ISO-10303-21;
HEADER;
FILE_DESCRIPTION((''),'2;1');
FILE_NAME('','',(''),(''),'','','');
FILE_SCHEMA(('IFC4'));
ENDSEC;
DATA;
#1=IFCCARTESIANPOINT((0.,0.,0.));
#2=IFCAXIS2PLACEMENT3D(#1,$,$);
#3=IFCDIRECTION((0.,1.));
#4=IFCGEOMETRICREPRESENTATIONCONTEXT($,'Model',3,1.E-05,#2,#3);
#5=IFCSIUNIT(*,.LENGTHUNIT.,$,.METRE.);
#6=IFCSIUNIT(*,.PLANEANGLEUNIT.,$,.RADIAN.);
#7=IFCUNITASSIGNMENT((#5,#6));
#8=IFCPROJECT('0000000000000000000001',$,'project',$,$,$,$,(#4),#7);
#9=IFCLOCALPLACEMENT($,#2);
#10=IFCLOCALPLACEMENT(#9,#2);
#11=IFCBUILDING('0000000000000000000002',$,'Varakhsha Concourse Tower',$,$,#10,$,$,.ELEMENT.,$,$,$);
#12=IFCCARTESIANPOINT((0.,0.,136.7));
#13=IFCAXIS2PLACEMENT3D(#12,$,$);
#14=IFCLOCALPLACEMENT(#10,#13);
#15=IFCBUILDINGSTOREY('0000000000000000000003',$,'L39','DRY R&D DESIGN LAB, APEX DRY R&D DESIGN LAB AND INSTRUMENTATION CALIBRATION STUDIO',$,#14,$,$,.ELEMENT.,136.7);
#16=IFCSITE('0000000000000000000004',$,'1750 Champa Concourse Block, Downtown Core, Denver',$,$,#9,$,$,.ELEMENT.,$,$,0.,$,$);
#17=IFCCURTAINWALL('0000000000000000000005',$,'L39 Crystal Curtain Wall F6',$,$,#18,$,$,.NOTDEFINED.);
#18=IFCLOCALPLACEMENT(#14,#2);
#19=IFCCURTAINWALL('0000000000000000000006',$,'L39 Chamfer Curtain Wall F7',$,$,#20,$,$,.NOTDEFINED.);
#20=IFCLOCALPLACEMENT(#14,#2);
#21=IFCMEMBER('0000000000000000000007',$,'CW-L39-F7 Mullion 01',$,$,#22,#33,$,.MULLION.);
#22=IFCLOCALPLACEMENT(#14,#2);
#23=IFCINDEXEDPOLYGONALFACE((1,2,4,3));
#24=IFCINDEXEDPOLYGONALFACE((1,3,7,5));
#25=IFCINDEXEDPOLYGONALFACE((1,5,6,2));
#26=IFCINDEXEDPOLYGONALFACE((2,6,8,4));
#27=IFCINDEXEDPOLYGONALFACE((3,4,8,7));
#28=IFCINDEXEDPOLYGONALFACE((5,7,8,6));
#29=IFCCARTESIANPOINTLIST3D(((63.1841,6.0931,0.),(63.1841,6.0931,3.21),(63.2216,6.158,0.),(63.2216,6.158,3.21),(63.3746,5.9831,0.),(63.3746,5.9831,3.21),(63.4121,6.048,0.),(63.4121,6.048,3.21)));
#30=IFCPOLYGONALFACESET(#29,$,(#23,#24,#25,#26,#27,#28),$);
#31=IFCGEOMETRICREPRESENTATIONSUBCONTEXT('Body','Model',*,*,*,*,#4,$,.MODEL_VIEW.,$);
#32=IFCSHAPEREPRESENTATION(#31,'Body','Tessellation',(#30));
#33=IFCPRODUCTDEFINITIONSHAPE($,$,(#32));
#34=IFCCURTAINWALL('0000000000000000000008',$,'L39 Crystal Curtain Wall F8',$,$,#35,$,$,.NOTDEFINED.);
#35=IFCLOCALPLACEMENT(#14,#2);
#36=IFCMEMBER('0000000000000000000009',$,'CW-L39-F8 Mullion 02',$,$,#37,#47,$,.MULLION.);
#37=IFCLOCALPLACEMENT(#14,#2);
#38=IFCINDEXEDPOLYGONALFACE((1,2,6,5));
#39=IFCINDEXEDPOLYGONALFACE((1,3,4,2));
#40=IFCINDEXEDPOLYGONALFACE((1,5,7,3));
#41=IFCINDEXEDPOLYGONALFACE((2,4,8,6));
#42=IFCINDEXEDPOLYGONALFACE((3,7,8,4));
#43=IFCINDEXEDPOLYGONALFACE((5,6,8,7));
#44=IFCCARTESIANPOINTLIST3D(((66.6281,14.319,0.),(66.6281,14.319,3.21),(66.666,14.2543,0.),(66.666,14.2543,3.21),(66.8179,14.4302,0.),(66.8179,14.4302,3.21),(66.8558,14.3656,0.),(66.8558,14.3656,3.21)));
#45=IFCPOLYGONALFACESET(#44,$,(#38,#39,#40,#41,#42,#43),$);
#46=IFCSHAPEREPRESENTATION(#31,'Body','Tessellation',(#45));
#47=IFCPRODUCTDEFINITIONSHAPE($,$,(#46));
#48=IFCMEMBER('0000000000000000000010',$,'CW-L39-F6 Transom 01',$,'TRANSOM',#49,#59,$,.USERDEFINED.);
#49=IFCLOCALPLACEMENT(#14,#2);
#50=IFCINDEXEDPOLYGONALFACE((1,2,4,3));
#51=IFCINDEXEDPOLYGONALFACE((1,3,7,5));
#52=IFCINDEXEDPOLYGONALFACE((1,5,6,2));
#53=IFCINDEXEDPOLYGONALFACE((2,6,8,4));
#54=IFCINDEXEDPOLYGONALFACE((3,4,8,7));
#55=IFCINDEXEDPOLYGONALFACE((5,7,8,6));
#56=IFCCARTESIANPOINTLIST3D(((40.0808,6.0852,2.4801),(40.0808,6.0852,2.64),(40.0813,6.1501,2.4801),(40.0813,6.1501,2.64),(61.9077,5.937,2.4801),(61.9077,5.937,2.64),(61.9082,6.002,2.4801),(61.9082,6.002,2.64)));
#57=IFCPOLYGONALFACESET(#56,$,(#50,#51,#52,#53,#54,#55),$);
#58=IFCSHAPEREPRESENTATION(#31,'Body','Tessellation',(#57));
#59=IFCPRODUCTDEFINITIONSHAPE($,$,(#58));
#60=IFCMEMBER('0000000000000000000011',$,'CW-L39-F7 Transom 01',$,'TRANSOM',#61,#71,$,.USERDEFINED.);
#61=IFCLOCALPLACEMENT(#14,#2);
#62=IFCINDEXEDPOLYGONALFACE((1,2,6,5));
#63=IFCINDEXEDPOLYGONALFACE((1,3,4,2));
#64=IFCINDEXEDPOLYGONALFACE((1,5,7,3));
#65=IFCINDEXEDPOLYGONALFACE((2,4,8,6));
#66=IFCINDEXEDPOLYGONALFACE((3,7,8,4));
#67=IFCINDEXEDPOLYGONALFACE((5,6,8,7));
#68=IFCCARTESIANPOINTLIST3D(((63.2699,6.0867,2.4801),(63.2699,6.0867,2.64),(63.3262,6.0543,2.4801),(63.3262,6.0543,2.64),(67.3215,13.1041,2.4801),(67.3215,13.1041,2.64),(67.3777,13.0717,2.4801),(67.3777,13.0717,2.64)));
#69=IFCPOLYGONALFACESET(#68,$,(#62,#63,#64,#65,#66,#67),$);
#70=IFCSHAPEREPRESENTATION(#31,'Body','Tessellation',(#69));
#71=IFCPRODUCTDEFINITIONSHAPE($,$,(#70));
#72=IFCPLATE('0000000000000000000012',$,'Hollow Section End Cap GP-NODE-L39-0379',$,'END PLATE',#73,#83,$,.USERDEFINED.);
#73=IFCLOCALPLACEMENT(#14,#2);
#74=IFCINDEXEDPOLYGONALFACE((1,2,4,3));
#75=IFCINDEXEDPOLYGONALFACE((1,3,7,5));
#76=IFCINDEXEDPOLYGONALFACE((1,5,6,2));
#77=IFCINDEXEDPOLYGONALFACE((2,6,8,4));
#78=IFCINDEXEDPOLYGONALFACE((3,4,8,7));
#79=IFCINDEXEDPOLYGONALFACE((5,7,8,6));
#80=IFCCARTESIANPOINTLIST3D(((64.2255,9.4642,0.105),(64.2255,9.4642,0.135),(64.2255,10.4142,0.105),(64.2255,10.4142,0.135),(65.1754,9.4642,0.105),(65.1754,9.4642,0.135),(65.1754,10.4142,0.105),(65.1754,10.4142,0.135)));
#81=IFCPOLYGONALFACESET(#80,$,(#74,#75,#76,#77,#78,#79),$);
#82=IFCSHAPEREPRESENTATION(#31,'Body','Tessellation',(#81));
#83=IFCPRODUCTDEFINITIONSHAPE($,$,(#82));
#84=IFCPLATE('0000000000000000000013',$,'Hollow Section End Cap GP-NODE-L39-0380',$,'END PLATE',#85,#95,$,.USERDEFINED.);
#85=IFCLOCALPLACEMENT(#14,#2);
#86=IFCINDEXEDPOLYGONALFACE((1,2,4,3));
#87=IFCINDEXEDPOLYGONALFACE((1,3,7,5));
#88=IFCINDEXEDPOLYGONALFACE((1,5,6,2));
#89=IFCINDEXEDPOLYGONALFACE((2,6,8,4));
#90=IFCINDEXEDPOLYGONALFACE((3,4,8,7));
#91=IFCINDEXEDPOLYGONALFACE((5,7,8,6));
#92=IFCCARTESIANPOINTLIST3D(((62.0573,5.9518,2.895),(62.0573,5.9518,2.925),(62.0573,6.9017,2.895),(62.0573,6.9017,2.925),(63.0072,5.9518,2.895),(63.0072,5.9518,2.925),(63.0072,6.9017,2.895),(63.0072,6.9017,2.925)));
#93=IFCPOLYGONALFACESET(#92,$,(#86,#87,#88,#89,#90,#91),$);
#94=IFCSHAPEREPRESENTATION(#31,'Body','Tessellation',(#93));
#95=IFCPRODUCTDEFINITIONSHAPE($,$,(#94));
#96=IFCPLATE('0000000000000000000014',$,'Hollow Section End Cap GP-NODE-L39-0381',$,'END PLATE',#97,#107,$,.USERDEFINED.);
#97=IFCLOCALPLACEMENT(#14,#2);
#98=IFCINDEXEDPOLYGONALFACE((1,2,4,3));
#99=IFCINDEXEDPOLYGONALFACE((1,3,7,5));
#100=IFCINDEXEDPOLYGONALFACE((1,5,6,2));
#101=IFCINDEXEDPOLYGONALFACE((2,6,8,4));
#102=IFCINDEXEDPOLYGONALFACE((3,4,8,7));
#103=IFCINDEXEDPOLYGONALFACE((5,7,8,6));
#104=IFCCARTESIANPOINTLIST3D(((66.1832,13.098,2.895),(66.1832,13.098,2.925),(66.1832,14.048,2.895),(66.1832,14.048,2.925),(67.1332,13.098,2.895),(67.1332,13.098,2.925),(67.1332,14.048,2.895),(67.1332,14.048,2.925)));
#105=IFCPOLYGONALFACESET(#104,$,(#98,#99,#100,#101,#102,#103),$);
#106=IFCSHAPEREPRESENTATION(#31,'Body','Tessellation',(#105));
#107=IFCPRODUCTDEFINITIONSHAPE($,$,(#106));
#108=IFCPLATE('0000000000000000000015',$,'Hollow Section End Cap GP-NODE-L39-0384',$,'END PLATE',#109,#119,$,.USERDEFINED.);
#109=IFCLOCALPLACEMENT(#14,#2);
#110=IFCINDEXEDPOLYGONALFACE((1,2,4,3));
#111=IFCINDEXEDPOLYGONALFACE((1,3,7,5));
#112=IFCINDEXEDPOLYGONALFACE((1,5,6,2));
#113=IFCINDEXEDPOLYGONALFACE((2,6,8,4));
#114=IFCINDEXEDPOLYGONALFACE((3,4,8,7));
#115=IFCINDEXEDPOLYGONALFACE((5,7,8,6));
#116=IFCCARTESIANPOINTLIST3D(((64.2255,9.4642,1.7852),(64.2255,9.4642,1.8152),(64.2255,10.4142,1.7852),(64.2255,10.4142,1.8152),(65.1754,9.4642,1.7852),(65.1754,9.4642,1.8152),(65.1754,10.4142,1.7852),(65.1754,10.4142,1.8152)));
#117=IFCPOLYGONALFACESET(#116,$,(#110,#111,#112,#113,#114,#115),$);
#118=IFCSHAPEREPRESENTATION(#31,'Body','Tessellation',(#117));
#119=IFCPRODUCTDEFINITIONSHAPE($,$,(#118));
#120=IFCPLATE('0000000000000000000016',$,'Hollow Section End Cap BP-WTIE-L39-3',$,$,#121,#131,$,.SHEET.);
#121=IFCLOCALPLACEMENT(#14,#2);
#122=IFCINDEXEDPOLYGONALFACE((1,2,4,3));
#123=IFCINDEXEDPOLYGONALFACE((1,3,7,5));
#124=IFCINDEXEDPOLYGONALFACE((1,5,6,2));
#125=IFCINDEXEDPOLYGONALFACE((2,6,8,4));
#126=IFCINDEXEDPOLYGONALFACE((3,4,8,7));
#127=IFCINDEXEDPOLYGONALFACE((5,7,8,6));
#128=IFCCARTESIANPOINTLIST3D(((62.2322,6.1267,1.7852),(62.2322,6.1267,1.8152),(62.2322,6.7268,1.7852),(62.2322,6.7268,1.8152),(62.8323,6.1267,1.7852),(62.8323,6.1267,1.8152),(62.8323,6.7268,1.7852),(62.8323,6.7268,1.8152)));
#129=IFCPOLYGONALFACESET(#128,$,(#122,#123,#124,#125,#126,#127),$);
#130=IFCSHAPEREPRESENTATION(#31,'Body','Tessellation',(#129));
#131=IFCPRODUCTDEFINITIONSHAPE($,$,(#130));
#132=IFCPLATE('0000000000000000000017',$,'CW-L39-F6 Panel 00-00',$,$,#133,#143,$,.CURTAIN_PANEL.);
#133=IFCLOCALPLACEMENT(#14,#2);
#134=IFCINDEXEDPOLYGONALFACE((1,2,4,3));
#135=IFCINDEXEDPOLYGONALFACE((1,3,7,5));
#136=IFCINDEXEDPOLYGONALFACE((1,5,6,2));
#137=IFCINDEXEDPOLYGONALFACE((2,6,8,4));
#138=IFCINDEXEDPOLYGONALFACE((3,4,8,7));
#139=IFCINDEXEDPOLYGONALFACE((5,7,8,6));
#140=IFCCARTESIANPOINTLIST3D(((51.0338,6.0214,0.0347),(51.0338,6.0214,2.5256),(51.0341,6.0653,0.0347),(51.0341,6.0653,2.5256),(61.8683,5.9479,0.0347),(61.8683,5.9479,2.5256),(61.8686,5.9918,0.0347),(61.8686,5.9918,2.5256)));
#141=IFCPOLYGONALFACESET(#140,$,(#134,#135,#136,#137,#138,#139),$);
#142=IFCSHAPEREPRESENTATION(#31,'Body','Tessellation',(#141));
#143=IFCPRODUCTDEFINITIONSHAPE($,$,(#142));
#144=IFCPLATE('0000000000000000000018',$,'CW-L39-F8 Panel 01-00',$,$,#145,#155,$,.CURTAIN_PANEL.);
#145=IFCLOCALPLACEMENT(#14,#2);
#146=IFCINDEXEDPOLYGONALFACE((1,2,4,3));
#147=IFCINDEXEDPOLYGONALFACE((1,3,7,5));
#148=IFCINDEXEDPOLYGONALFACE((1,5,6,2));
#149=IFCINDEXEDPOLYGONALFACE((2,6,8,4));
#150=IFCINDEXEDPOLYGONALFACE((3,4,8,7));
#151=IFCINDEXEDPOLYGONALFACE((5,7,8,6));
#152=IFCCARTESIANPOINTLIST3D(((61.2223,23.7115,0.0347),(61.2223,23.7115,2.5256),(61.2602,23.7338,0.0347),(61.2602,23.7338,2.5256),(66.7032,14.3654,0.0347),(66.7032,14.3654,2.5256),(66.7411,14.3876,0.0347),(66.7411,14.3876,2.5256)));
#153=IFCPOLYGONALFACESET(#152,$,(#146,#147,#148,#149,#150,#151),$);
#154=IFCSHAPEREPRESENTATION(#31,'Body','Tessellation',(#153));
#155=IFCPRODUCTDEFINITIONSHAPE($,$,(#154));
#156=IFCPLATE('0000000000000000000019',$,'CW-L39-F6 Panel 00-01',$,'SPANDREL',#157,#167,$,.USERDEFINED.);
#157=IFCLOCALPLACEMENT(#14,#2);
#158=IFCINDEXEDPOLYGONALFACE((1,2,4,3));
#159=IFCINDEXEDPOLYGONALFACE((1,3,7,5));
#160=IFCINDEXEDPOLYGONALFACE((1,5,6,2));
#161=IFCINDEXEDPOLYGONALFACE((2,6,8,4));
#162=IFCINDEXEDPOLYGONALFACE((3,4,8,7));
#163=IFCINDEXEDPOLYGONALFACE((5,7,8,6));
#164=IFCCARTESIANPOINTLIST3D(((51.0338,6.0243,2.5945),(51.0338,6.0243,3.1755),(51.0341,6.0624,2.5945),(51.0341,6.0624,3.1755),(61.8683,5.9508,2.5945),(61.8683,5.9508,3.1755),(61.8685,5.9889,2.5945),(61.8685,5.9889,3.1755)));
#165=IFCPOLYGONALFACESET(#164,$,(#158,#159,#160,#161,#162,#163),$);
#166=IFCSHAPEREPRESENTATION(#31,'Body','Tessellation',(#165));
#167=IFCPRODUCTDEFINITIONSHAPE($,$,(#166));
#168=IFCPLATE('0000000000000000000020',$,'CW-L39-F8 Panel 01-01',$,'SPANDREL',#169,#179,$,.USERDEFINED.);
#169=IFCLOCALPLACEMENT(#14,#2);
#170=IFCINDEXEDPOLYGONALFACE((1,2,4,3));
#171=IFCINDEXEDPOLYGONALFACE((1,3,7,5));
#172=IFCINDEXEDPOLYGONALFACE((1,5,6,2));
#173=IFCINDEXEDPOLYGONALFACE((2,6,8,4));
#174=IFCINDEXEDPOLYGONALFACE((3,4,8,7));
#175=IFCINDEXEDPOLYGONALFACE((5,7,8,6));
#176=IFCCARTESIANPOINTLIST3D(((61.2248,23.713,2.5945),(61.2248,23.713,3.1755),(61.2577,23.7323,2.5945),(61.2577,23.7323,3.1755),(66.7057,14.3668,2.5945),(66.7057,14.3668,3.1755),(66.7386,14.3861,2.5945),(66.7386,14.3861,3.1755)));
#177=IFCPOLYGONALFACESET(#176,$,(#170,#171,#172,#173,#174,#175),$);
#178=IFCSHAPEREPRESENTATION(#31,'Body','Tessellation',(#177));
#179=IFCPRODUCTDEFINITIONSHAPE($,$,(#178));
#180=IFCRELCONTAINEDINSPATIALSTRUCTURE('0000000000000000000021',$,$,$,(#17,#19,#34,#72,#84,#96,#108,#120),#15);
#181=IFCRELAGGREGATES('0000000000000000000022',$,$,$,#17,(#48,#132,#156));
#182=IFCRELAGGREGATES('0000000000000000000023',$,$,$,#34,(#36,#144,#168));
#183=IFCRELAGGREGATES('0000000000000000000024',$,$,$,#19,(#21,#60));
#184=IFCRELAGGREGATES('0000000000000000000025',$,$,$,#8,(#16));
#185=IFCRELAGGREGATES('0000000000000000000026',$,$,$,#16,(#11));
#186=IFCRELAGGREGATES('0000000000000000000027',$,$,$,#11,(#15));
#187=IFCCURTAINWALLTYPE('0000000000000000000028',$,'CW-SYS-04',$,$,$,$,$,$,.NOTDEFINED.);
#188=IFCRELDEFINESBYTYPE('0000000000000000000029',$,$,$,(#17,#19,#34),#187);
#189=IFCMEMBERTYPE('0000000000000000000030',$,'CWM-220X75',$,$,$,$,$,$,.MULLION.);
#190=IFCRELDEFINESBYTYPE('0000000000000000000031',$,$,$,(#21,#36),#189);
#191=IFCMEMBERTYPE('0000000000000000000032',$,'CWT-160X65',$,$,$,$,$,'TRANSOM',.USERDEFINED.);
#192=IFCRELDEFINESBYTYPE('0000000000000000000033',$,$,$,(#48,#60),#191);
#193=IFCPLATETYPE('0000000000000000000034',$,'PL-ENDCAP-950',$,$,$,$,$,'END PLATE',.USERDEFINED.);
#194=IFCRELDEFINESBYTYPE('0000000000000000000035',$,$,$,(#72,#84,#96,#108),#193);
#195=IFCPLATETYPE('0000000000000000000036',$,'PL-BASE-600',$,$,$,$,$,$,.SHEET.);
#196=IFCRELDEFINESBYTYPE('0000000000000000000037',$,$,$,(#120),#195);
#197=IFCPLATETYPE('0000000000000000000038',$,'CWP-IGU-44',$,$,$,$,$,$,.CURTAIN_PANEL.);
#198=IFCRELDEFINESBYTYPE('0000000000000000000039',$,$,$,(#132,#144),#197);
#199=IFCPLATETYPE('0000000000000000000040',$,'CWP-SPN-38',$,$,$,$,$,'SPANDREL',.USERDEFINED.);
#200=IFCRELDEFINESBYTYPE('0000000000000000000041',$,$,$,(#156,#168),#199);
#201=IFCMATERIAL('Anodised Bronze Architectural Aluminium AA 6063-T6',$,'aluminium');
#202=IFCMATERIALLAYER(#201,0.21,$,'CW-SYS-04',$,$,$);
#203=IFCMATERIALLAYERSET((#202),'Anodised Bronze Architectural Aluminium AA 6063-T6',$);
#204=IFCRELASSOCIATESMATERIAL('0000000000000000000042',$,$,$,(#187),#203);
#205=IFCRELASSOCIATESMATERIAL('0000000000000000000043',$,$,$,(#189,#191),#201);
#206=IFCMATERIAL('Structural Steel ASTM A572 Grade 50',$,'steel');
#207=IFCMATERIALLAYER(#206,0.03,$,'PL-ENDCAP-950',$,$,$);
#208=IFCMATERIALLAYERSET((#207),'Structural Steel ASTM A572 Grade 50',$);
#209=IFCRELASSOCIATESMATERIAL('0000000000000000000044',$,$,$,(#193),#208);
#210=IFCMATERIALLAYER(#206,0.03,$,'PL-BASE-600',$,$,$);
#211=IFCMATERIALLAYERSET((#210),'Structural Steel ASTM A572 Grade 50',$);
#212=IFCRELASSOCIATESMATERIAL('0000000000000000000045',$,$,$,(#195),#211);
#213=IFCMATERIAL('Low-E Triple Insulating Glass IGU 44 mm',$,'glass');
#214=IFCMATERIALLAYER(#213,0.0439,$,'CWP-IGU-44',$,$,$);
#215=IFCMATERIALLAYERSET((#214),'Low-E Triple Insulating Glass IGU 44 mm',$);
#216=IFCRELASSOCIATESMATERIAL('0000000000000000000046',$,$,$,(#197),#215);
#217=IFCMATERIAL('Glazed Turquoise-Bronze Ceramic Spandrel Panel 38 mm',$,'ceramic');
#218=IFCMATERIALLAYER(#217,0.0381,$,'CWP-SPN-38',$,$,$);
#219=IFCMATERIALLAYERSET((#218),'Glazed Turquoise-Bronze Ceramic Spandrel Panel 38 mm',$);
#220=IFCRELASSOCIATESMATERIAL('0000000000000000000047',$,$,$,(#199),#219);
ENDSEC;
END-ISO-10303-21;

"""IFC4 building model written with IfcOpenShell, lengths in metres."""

from ifc_helpers import new_model, si_unit, direction, frame, origin, origin_2d, place, context, subcontext, project, spatial, rectangle, extrude, source, transform, mapped, material, layer, layer_set, material_profile, profile_set, type_object, type_shapes, element, aggregate, save


model = new_model("IFC4")

# Units and contexts
model_context = context("Model", 3, precision=1e-05, world=origin(), true_north=direction((0.0, 1.0)))
body_context = subcontext(model_context, "Body", "Model", "MODEL_VIEW")
ifc_project = project(units=[si_unit("LENGTHUNIT", "METRE"), si_unit("PLANEANGLEUNIT", "RADIAN")], contexts=[model_context])

# Site, building, storey
site_placement = place(None, origin())
site = spatial("IfcSite", under=ifc_project, at=site_placement, Name="1750 Champa Concourse Block, Downtown Core, Denver", CompositionType="ELEMENT", RefElevation=0.0)
building_placement = place(site_placement, origin())
building = spatial("IfcBuilding", under=site, at=building_placement, Name="Varakhsha Concourse Tower", CompositionType="ELEMENT")
storey_placement = place(building_placement, frame((0.0, 0.0, 136.7)))
storey = spatial("IfcBuildingStorey", under=building, at=storey_placement, Name="L39", Description="DRY R&D DESIGN LAB, APEX DRY R&D DESIGN LAB AND INSTRUMENTATION CALIBRATION STUDIO", CompositionType="ELEMENT", Elevation=136.7)

# Shared definitions
ifc_material_1 = material(Name="Structural Steel ASTM A572 Grade 50", Category="steel")

# Curtain wall
ifc_material_2 = material(Name="Anodised Bronze Architectural Aluminium AA 6063-T6", Category="aluminium")
ifc_layer_1 = layer(ifc_material_2, 0.21, Name="CW-SYS-04")
ifc_layer_set_1 = layer_set([ifc_layer_1], Name="Anodised Bronze Architectural Aluminium AA 6063-T6")
curtain_wall_type = type_object("IfcCurtainWallType", Name="CW-SYS-04", PredefinedType="NOTDEFINED", material=ifc_layer_set_1)
curtain_wall_1_placement = place(storey_placement, origin())
curtain_wall_1 = element("IfcCurtainWall", 1, at=curtain_wall_1_placement, inside=storey, type_object=curtain_wall_type, Name="L39 Crystal Curtain Wall F6", PredefinedType="NOTDEFINED")
ifc_material_profile_1 = material_profile(ifc_material_2, rectangle(XDim=0.075, YDim=0.22, at=origin_2d()), Name="CWM-220X75")
ifc_profile_set_1 = profile_set([ifc_material_profile_1], Name="Anodised Bronze Architectural Aluminium AA 6063-T6")
member_type_1 = type_object("IfcMemberType", Name="CWM-220X75", PredefinedType="MULLION", material=ifc_profile_set_1)
shared_shape_1 = source(origin(), body_context, "Body", "SweptSolid", [
    extrude(rectangle(XDim=0.075, YDim=0.22, at=origin_2d()), origin(), (0.0, 0.0, 1.0), 3.21),
])
type_shapes(member_type_1, [shared_shape_1])

# Curtain wall, member
curtain_wall_2_placement = place(storey_placement, origin())
curtain_wall_2 = element("IfcCurtainWall", 2, at=curtain_wall_2_placement, inside=storey, type_object=curtain_wall_type, Name="L39 Chamfer Curtain Wall F7", PredefinedType="NOTDEFINED")
member_1_placement = place(storey_placement, frame((63.2981, 6.0706, 0.0), z_axis=(0.0, 0.0, 1.0), x_axis=(-0.5, -0.866025, 0.0)))
member_1 = element("IfcMember", 3, at=member_1_placement, type_object=member_type_1, Name="CW-L39-F7 Mullion 01", PredefinedType="MULLION", context=body_context, shape_type="MappedRepresentation", body=[
    mapped(shared_shape_1, transform((0.0, 0.0, 0.0), scale=1.0)),
])

# Curtain wall, member
curtain_wall_3_placement = place(storey_placement, origin())
curtain_wall_3 = element("IfcCurtainWall", 4, at=curtain_wall_3_placement, inside=storey, type_object=curtain_wall_type, Name="L39 Crystal Curtain Wall F8", PredefinedType="NOTDEFINED")
member_2_placement = place(storey_placement, frame((66.7419, 14.3423, 0.0), z_axis=(0.0, 0.0, 1.0), x_axis=(0.505862, -0.862614, 0.0)))
member_2 = element("IfcMember", 5, at=member_2_placement, type_object=member_type_1, Name="CW-L39-F8 Mullion 02", PredefinedType="MULLION", context=body_context, shape_type="MappedRepresentation", body=[
    mapped(shared_shape_1, transform((0.0, 0.0, 0.0), scale=1.0)),
])

# Members
ifc_material_profile_2 = material_profile(ifc_material_2, rectangle(XDim=0.0649, YDim=0.1599, at=origin_2d()), Name="CWT-160X65")
ifc_profile_set_2 = profile_set([ifc_material_profile_2], Name="Anodised Bronze Architectural Aluminium AA 6063-T6")
member_type_2 = type_object("IfcMemberType", Name="CWT-160X65", ElementType="TRANSOM", PredefinedType="USERDEFINED", material=ifc_profile_set_2)
shared_shape_2 = source(origin(), body_context, "Body", "SweptSolid", [
    extrude(rectangle(XDim=0.0649, YDim=0.1599, at=origin_2d()), origin(), (0.0, 0.0, 1.0), 21.8274),
])
member_3_placement = place(storey_placement, frame((61.908, 5.9695, 2.5601), z_axis=(-0.999977, 0.006789, 0.0), x_axis=(-0.006789, -0.999977, 0.0)))
member_3 = element("IfcMember", 6, at=member_3_placement, type_object=member_type_2, Name="CW-L39-F6 Transom 01", ObjectType="TRANSOM", PredefinedType="USERDEFINED", context=body_context, shape_type="MappedRepresentation", body=[
    mapped(shared_shape_2, transform((0.0, 0.0, 0.0), scale=1.0)),
])
shared_shape_3 = source(origin(), body_context, "Body", "SweptSolid", [
    extrude(rectangle(XDim=0.0649, YDim=0.1599, at=origin_2d()), origin(), (0.0, 0.0, 1.0), 8.103),
])
type_shapes(member_type_2, [shared_shape_2, shared_shape_3])
member_4_placement = place(storey_placement, frame((67.3496, 13.0879, 2.5601), z_axis=(-0.500005, -0.866023, 0.0), x_axis=(0.866023, -0.500005, 0.0)))
member_4 = element("IfcMember", 7, at=member_4_placement, type_object=member_type_2, Name="CW-L39-F7 Transom 01", ObjectType="TRANSOM", PredefinedType="USERDEFINED", context=body_context, shape_type="MappedRepresentation", body=[
    mapped(shared_shape_3, transform((0.0, 0.0, 0.0), scale=1.0)),
])

# Plates
ifc_layer_2 = layer(ifc_material_1, 0.03, Name="PL-ENDCAP-950")
ifc_layer_set_2 = layer_set([ifc_layer_2], Name="Structural Steel ASTM A572 Grade 50")
plate_type_1 = type_object("IfcPlateType", Name="PL-ENDCAP-950", ElementType="END PLATE", PredefinedType="USERDEFINED", material=ifc_layer_set_2)
shared_shape_4 = source(origin(), body_context, "Body", "SweptSolid", [
    extrude(rectangle(XDim=0.95, YDim=0.95, at=origin_2d()), origin(), (0.0, 0.0, 1.0), 0.03),
])
type_shapes(plate_type_1, [shared_shape_4])
for number, where, z_axis, x_axis, name in (
    (8, (64.7004, 9.9392, 0.105), (0.0, 0.0, 1.0), (1.0, 0.0, 0.0), "Hollow Section End Cap GP-NODE-L39-0379"),
    (9, (62.5322, 6.4268, 2.895), (0.0, 0.0, 1.0), (1.0, 0.0, 0.0), "Hollow Section End Cap GP-NODE-L39-0380"),
    (10, (66.6582, 13.573, 2.895), (0.0, 0.0, 1.0), (1.0, 0.0, 0.0), "Hollow Section End Cap GP-NODE-L39-0381"),
    (11, (64.7004, 9.9392, 1.7852), (0.0, 0.0, 1.0), (1.0, 0.0, 0.0), "Hollow Section End Cap GP-NODE-L39-0384"),
):
    element("IfcPlate", number, at=place(storey_placement, frame(where, z_axis=z_axis, x_axis=x_axis)), inside=storey, type_object=plate_type_1, Name=name, ObjectType="END PLATE", PredefinedType="USERDEFINED", context=body_context, shape_type="MappedRepresentation", body=[
        mapped(shared_shape_4, transform((0.0, 0.0, 0.0), scale=1.0)),
    ])
ifc_layer_3 = layer(ifc_material_1, 0.03, Name="PL-BASE-600")
ifc_layer_set_3 = layer_set([ifc_layer_3], Name="Structural Steel ASTM A572 Grade 50")
plate_type_2 = type_object("IfcPlateType", Name="PL-BASE-600", PredefinedType="SHEET", material=ifc_layer_set_3)
shared_shape_5 = source(origin(), body_context, "Body", "SweptSolid", [
    extrude(rectangle(XDim=0.6001, YDim=0.6001, at=origin_2d()), origin(), (0.0, 0.0, 1.0), 0.03),
])
type_shapes(plate_type_2, [shared_shape_5])
plate_1_placement = place(storey_placement, frame((62.5322, 6.4268, 1.7852), z_axis=(0.0, 0.0, 1.0), x_axis=(1.0, 0.0, 0.0)))
element("IfcPlate", 12, at=plate_1_placement, inside=storey, type_object=plate_type_2, Name="Hollow Section End Cap BP-WTIE-L39-3", PredefinedType="SHEET", context=body_context, shape_type="MappedRepresentation", body=[
    mapped(shared_shape_5, transform((0.0, 0.0, 0.0), scale=1.0)),
])

# Plates
ifc_material_3 = material(Name="Low-E Triple Insulating Glass IGU 44 mm", Category="glass")
ifc_layer_4 = layer(ifc_material_3, 0.0439, Name="CWP-IGU-44")
ifc_layer_set_4 = layer_set([ifc_layer_4], Name="Low-E Triple Insulating Glass IGU 44 mm")
plate_type_3 = type_object("IfcPlateType", Name="CWP-IGU-44", PredefinedType="CURTAIN_PANEL", material=ifc_layer_set_4)
shared_shape_6 = source(origin(), body_context, "Body", "SweptSolid", [
    extrude(rectangle(XDim=10.8347, YDim=0.0439, at=origin_2d()), origin(), (0.0, 0.0, 1.0), 2.491),
])
type_shapes(plate_type_3, [shared_shape_6])
plate_2_placement = place(storey_placement, frame((56.4512, 6.0066, 0.0347), z_axis=(0.0, 0.0, 1.0), x_axis=(-0.999977, 0.006786, 0.0)))
plate_2 = element("IfcPlate", 13, at=plate_2_placement, type_object=plate_type_3, Name="CW-L39-F6 Panel 00-00", PredefinedType="CURTAIN_PANEL", context=body_context, shape_type="MappedRepresentation", body=[
    mapped(shared_shape_6, transform((0.0, 0.0, 0.0), scale=1.0)),
])
plate_3_placement = place(storey_placement, frame((63.9817, 19.0496, 0.0347), z_axis=(0.0, 0.0, 1.0), x_axis=(0.505862, -0.862614, 0.0)))
plate_3 = element("IfcPlate", 14, at=plate_3_placement, type_object=plate_type_3, Name="CW-L39-F8 Panel 01-00", PredefinedType="CURTAIN_PANEL", context=body_context, shape_type="MappedRepresentation", body=[
    mapped(shared_shape_6, transform((0.0, 0.0, 0.0), scale=1.0)),
])
ifc_material_4 = material(Name="Glazed Turquoise-Bronze Ceramic Spandrel Panel 38 mm", Category="ceramic")
ifc_layer_5 = layer(ifc_material_4, 0.0381, Name="CWP-SPN-38")
ifc_layer_set_5 = layer_set([ifc_layer_5], Name="Glazed Turquoise-Bronze Ceramic Spandrel Panel 38 mm")
plate_type_4 = type_object("IfcPlateType", Name="CWP-SPN-38", ElementType="SPANDREL", PredefinedType="USERDEFINED", material=ifc_layer_set_5)
shared_shape_7 = source(origin(), body_context, "Body", "SweptSolid", [
    extrude(rectangle(XDim=10.8347, YDim=0.0381, at=origin_2d()), origin(), (0.0, 0.0, 1.0), 0.5811),
])
plate_4_placement = place(storey_placement, frame((56.4512, 6.0066, 2.5945), z_axis=(0.0, 0.0, 1.0), x_axis=(-0.999977, 0.006786, 0.0)))
plate_4 = element("IfcPlate", 15, at=plate_4_placement, type_object=plate_type_4, Name="CW-L39-F6 Panel 00-01", ObjectType="SPANDREL", PredefinedType="USERDEFINED", context=body_context, shape_type="MappedRepresentation", body=[
    mapped(shared_shape_7, transform((0.0, 0.0, 0.0), scale=1.0)),
])
aggregate(curtain_wall_1, [member_3, plate_2, plate_4])
plate_5_placement = place(storey_placement, frame((63.9817, 19.0496, 2.5945), z_axis=(0.0, 0.0, 1.0), x_axis=(0.505862, -0.862614, 0.0)))
plate_5 = element("IfcPlate", 16, at=plate_5_placement, type_object=plate_type_4, Name="CW-L39-F8 Panel 01-01", ObjectType="SPANDREL", PredefinedType="USERDEFINED", context=body_context, shape_type="MappedRepresentation", body=[
    mapped(shared_shape_7, transform((0.0, 0.0, 0.0), scale=1.0)),
])
aggregate(curtain_wall_3, [member_2, plate_3, plate_5])
aggregate(curtain_wall_2, [member_1, member_4])

save(model, "model.ifc")
